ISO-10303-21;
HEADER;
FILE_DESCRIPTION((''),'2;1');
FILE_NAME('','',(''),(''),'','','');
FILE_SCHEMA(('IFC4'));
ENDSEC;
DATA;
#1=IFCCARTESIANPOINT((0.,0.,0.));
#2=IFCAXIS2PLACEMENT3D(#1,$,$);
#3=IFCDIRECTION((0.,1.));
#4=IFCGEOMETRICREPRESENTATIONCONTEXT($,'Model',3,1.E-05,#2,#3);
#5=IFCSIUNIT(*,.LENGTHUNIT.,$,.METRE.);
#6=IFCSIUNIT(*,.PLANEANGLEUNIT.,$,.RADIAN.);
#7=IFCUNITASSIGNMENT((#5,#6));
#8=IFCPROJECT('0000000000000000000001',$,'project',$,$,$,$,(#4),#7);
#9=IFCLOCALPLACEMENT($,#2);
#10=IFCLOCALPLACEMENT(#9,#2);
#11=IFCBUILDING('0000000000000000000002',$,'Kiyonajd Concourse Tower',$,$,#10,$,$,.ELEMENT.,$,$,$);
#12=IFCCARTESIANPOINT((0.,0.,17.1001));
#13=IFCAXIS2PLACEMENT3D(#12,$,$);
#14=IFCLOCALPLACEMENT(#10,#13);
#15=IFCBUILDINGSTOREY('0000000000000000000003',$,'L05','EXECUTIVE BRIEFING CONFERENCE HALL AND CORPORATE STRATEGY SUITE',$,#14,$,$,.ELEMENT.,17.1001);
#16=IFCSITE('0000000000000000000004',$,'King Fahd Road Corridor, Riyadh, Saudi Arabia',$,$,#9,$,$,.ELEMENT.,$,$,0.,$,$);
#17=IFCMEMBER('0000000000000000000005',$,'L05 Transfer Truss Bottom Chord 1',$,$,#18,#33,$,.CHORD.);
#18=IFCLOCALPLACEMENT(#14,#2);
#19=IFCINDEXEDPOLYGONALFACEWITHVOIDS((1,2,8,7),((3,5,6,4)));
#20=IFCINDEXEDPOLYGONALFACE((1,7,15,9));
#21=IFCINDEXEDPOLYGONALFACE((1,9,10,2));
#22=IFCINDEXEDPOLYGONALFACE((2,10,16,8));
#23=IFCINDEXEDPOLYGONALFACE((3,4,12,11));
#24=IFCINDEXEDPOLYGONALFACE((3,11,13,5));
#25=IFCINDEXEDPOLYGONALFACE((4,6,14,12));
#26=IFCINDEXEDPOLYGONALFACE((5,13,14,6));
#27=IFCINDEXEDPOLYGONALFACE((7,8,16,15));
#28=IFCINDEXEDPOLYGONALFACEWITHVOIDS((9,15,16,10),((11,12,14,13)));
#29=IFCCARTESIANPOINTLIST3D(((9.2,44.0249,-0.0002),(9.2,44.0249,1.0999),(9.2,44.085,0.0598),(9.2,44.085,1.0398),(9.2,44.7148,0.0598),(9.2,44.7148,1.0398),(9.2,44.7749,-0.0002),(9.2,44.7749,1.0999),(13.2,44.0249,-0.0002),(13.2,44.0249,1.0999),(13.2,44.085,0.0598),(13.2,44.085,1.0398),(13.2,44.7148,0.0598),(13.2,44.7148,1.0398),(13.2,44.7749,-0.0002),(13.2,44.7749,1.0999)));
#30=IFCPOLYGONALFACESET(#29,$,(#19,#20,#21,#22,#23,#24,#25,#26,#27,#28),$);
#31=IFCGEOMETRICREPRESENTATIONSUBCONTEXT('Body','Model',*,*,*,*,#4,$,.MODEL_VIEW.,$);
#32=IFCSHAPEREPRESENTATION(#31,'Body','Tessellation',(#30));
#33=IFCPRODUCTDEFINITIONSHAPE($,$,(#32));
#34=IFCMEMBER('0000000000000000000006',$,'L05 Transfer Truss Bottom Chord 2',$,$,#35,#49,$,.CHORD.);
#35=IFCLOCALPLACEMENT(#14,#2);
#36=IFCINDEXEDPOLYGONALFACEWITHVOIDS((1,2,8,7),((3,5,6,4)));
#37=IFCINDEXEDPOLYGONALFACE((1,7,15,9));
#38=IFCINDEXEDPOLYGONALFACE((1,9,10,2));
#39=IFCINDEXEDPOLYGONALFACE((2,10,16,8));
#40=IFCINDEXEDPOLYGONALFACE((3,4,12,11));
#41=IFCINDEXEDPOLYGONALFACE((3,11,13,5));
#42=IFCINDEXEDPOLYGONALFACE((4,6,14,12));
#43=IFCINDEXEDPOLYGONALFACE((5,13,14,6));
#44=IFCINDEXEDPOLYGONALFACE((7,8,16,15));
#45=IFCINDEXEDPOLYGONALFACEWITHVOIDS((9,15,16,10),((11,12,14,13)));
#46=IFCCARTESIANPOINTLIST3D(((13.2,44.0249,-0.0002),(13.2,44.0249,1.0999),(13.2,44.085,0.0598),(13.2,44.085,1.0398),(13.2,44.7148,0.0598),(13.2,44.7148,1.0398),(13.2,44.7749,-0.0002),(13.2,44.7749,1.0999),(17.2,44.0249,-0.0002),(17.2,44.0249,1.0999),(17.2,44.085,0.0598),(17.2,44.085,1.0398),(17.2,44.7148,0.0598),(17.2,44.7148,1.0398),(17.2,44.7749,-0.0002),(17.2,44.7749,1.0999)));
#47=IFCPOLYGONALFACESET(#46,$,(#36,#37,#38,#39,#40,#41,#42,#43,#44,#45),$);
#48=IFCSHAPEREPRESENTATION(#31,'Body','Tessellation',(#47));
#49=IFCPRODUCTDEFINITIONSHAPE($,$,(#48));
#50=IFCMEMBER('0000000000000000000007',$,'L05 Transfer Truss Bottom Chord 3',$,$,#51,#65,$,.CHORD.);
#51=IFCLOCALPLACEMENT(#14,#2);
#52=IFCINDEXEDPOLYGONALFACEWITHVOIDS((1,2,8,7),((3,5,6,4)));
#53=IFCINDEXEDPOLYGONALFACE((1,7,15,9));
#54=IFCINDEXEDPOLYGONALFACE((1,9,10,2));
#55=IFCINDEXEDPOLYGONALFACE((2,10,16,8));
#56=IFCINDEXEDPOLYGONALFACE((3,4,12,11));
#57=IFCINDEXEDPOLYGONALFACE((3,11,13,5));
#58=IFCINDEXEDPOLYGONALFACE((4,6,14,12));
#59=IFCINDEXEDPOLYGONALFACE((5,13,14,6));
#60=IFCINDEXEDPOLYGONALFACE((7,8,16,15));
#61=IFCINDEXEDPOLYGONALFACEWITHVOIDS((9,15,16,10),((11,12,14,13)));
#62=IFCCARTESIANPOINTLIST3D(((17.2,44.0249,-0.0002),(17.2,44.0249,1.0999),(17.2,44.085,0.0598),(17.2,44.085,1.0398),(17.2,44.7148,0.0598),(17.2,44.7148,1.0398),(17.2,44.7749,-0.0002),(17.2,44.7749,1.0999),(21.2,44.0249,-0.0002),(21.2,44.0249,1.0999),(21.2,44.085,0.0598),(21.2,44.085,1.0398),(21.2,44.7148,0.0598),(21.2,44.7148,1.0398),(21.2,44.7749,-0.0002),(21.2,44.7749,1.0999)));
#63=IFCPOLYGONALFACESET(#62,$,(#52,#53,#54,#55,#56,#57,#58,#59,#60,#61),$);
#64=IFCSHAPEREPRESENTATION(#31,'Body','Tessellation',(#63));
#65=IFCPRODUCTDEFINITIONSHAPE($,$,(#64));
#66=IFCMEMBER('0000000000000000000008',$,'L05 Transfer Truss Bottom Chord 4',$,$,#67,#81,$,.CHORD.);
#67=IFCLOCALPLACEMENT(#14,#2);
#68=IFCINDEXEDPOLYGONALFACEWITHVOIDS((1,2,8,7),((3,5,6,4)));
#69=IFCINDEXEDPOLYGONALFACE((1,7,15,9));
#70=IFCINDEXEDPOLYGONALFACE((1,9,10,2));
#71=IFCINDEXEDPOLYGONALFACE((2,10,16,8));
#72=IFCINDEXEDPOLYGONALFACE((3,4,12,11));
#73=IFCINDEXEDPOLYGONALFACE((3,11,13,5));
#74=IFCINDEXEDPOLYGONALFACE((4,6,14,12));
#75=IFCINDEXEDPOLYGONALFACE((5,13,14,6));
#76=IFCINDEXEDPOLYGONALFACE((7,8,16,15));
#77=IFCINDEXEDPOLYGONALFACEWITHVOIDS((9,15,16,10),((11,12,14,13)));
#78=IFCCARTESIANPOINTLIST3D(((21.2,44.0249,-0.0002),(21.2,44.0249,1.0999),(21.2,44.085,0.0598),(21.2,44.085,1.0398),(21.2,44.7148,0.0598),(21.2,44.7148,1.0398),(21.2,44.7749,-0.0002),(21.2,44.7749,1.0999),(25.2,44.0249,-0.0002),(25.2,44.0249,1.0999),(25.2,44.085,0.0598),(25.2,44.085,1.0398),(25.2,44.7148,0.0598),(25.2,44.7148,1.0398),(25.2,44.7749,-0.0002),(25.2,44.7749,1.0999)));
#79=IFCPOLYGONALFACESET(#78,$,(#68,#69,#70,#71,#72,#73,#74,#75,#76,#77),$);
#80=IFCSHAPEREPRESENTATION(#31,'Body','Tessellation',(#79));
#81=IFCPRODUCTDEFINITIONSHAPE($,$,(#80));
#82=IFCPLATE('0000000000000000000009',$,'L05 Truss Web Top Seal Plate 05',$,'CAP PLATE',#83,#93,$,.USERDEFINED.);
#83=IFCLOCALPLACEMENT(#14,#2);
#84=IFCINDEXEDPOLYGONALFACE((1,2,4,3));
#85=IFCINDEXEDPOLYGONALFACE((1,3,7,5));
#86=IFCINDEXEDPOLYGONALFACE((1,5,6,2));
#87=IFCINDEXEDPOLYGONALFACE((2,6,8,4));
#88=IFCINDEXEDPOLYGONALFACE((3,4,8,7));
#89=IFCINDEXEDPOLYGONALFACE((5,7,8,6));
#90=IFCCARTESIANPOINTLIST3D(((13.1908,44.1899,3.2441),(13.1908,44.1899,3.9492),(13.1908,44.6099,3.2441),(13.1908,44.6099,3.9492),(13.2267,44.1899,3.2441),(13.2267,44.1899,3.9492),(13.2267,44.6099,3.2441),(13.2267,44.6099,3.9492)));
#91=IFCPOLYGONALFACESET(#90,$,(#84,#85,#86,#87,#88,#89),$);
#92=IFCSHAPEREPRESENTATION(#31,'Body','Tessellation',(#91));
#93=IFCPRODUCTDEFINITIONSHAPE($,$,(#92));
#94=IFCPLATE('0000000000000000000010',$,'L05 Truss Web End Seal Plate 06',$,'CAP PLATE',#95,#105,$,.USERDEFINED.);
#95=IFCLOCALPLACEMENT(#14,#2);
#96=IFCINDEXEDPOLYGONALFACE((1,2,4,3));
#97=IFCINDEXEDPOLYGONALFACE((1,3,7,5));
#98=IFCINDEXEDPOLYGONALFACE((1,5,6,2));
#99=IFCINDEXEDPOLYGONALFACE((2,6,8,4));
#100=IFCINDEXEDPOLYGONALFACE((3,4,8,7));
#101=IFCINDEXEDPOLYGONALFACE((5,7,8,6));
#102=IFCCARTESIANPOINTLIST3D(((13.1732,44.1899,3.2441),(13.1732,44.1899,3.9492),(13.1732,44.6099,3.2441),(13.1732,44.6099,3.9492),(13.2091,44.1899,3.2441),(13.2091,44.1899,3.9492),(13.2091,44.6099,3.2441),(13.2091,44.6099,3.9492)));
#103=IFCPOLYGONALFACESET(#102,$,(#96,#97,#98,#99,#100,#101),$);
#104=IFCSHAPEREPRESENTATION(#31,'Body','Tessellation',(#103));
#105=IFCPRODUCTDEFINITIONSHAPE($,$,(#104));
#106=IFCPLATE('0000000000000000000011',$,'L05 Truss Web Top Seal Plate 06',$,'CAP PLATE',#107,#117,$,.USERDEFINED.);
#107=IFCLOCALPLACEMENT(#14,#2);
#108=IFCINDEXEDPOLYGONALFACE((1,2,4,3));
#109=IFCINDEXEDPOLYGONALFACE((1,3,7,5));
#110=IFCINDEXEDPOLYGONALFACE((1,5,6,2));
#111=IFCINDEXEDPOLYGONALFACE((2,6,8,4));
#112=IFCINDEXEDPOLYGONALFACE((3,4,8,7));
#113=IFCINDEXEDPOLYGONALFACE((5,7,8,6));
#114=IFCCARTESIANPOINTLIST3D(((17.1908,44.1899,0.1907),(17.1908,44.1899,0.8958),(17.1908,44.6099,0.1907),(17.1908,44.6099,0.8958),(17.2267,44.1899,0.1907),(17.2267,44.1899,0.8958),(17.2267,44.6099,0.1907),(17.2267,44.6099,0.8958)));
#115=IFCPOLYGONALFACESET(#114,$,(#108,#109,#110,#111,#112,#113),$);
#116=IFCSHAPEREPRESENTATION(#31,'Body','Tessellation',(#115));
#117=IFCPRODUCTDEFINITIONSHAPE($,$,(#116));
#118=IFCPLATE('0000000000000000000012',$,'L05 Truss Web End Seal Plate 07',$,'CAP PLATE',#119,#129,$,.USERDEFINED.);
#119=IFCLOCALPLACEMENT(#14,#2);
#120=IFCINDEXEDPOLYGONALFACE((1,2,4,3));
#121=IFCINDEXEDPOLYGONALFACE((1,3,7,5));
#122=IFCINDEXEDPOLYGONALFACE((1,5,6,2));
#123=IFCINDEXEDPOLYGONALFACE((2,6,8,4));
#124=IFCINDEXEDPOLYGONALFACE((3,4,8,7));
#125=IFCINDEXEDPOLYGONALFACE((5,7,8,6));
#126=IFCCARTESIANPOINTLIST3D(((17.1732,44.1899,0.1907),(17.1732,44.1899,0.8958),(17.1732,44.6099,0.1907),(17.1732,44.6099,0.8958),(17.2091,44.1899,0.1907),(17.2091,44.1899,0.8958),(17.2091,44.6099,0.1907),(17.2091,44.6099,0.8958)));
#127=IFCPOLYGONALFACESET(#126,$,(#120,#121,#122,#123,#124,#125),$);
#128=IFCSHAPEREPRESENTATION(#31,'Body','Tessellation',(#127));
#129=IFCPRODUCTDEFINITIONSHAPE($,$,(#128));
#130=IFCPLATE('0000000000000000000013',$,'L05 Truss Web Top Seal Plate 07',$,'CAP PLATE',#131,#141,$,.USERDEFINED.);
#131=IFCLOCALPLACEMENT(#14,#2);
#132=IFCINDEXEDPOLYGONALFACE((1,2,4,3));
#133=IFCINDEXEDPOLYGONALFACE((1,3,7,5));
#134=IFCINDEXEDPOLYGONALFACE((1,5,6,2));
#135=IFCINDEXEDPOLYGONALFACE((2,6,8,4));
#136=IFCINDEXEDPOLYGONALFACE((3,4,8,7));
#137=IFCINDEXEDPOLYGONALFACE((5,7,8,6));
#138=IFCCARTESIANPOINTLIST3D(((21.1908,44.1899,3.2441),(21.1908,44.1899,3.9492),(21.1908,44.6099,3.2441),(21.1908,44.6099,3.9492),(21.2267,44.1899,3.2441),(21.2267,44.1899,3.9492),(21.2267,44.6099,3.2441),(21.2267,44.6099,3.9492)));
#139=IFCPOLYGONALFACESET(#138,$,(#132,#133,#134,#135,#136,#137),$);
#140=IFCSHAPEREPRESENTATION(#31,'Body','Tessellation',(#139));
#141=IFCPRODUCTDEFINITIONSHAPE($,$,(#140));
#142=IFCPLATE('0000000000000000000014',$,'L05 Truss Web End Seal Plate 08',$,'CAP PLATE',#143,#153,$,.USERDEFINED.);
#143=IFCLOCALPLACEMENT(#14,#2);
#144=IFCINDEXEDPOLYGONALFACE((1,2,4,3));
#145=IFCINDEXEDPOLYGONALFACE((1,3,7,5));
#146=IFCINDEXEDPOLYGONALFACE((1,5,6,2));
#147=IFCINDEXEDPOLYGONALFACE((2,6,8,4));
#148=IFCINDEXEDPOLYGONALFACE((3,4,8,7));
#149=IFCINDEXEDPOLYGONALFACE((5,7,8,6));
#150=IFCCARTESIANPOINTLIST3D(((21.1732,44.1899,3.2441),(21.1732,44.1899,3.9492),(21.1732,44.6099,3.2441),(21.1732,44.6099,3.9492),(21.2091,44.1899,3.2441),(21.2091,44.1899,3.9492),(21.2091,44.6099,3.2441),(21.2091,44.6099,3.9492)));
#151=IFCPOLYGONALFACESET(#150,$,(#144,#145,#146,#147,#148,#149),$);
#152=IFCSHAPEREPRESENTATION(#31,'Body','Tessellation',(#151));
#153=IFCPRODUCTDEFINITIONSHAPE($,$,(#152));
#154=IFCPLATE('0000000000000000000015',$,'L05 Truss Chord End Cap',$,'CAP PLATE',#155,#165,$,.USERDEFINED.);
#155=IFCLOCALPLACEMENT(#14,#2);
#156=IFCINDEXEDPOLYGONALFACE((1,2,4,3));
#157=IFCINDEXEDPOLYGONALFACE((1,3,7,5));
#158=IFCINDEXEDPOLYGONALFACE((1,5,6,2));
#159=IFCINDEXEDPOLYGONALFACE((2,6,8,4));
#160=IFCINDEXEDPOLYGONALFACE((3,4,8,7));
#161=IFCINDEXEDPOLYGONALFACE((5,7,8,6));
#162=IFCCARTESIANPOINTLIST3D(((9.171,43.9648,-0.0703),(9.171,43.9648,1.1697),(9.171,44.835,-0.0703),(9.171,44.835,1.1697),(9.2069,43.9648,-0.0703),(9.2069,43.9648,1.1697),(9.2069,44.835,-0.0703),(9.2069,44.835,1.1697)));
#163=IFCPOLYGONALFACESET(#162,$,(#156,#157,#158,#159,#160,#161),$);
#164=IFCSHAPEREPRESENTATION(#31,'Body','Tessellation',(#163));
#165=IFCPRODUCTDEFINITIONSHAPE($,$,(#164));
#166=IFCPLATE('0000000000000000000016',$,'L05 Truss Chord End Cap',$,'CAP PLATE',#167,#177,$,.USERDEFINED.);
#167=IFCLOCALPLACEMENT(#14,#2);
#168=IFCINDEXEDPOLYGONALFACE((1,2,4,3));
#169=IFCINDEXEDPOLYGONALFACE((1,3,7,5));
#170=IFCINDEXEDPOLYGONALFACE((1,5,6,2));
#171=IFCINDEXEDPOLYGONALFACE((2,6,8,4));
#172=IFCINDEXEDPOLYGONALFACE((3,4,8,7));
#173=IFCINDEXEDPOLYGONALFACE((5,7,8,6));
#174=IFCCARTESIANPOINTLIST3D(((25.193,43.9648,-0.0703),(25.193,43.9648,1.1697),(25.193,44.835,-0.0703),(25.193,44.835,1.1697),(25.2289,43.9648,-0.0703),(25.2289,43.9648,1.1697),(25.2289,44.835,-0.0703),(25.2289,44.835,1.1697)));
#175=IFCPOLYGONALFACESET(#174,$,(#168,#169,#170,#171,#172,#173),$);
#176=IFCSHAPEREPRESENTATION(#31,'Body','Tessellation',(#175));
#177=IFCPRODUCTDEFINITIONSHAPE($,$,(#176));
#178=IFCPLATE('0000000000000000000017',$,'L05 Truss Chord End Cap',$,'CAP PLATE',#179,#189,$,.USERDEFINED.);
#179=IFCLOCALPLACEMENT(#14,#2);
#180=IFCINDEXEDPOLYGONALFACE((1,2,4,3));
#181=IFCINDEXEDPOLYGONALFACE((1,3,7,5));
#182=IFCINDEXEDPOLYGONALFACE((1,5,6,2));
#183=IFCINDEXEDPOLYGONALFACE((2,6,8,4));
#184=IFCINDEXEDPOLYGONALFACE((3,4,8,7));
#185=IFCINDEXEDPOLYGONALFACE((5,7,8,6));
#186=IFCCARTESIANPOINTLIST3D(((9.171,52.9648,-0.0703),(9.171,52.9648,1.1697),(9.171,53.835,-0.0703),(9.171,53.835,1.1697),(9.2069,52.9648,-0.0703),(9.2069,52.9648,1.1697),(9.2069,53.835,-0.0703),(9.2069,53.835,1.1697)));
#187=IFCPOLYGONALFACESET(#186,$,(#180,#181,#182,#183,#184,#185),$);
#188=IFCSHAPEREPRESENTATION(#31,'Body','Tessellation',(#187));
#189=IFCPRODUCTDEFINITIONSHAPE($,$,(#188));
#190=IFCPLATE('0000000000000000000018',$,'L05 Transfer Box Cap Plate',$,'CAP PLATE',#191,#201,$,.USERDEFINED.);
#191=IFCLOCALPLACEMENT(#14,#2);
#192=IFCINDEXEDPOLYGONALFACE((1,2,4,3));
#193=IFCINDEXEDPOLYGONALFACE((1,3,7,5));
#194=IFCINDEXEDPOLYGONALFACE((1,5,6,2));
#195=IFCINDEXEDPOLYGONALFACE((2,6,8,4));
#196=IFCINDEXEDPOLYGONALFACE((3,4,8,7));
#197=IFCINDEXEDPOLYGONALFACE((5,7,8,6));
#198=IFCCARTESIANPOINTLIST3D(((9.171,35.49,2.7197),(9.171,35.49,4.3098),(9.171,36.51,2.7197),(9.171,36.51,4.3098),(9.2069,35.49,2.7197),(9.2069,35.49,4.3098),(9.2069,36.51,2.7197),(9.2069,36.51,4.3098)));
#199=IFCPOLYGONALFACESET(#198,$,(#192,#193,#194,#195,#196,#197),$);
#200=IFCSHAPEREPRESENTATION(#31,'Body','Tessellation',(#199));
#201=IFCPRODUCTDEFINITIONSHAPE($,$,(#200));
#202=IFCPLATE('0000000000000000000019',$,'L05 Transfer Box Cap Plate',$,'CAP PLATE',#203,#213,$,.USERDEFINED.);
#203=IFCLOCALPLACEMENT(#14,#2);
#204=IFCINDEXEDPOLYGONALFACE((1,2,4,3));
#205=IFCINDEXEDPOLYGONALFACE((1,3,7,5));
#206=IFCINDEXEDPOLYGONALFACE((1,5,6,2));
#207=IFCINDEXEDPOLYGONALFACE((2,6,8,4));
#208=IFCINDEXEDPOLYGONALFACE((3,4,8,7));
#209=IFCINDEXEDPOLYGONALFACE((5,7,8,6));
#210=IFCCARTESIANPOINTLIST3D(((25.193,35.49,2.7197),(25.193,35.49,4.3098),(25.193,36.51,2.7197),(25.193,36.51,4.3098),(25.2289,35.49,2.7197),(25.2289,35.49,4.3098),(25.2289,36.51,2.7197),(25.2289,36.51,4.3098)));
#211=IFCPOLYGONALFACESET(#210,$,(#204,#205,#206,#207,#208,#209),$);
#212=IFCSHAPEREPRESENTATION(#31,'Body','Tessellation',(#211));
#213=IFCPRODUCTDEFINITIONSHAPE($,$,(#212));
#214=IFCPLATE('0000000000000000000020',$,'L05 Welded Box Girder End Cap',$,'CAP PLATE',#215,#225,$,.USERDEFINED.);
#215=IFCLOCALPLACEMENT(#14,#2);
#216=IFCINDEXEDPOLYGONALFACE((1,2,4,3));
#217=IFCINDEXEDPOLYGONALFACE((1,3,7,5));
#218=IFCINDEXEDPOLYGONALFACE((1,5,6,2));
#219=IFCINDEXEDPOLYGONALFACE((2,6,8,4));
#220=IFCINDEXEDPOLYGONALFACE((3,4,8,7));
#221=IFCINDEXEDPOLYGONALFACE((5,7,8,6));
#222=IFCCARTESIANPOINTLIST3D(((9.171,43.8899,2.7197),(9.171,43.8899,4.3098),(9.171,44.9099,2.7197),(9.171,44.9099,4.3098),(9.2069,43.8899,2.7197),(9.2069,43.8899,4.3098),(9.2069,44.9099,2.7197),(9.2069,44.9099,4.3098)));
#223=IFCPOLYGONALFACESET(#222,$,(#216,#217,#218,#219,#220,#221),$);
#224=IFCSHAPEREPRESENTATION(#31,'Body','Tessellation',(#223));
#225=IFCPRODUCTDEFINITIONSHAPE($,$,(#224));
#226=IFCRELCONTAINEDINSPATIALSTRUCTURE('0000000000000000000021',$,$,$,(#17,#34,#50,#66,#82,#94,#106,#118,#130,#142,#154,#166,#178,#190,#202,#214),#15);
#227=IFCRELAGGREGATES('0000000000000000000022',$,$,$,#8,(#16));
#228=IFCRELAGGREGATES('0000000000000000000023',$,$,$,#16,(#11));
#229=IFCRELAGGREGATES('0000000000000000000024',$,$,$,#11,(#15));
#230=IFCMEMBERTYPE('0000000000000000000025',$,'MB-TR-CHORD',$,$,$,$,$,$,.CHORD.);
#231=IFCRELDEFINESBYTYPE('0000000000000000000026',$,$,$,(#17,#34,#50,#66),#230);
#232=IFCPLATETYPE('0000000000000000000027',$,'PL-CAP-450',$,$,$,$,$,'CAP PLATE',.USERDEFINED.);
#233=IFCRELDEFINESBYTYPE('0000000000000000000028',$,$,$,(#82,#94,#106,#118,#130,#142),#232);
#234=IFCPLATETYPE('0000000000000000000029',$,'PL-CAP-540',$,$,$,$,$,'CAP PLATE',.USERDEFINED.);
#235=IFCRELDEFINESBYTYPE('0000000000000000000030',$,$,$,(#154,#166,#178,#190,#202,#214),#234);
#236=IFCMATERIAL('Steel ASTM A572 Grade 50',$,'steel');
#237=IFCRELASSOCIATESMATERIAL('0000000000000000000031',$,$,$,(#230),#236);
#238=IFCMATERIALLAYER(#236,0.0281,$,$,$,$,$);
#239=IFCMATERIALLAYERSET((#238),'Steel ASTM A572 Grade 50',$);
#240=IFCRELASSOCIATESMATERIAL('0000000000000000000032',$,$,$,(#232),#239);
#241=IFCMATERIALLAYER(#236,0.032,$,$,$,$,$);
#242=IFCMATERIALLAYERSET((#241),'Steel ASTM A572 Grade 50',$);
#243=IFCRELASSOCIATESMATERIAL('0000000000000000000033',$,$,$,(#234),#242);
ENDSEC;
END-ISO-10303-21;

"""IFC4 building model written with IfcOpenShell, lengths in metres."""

from ifc_helpers import new_model, si_unit, direction, frame, origin, origin_2d, place, context, subcontext, project, spatial, rectangle, hollow_rectangle, extrude, material, layer, layer_set, material_profile, profile_set, type_object, element, save


model = new_model("IFC4")

# Units and contexts
model_context = context("Model", 3, precision=1e-05, world=origin(), true_north=direction((0.0, 1.0)))
body_context = subcontext(model_context, "Body", "Model", "MODEL_VIEW")
ifc_project = project(units=[si_unit("LENGTHUNIT", "METRE"), si_unit("PLANEANGLEUNIT", "RADIAN")], contexts=[model_context])

# Site, building, storey
site_placement = place(None, origin())
site = spatial("IfcSite", under=ifc_project, at=site_placement, Name="King Fahd Road Corridor, Riyadh, Saudi Arabia", CompositionType="ELEMENT", RefElevation=0.0)
building_placement = place(site_placement, origin())
building = spatial("IfcBuilding", under=site, at=building_placement, Name="Kiyonajd Concourse Tower", CompositionType="ELEMENT")
storey_placement = place(building_placement, frame((0.0, 0.0, 17.1001)))
storey = spatial("IfcBuildingStorey", under=building, at=storey_placement, Name="L05", Description="EXECUTIVE BRIEFING CONFERENCE HALL AND CORPORATE STRATEGY SUITE", CompositionType="ELEMENT", Elevation=17.1001)

# Shared definitions
ifc_material_1 = material(Name="Steel ASTM A572 Grade 50", Category="steel")

# Members
ifc_material_profile_1 = material_profile(ifc_material_1, hollow_rectangle(XDim=0.75, YDim=1.1001, WallThickness=0.0601, at=origin_2d()), Name="BOX-1100x750x60")
ifc_profile_set_1 = profile_set([ifc_material_profile_1], Name="Steel ASTM A572 Grade 50")
member_type_1 = type_object("IfcMemberType", Name="MB-TR-CHORD", PredefinedType="CHORD", material=ifc_profile_set_1)
for number, where, z_axis, x_axis, name in (
    (1, (9.2, 44.3999, 0.5498), (1.0, 0.0, 0.0), (0.0, 1.0, 0.0), "L05 Transfer Truss Bottom Chord 1"),
    (2, (13.2, 44.3999, 0.5498), (1.0, 0.0, 0.0), (0.0, 1.0, 0.0), "L05 Transfer Truss Bottom Chord 2"),
    (3, (17.2, 44.3999, 0.5498), (1.0, 0.0, 0.0), (0.0, 1.0, 0.0), "L05 Transfer Truss Bottom Chord 3"),
    (4, (21.2, 44.3999, 0.5498), (1.0, 0.0, 0.0), (0.0, 1.0, 0.0), "L05 Transfer Truss Bottom Chord 4"),
):
    element("IfcMember", number, at=place(storey_placement, frame(where, z_axis=z_axis, x_axis=x_axis)), inside=storey, type_object=member_type_1, Name=name, PredefinedType="CHORD", context=body_context, shape_type="SweptSolid", body=[
        extrude(hollow_rectangle(XDim=0.75, YDim=1.1001, WallThickness=0.0601, at=origin_2d()), origin(), (0.0, 0.0, 1.0), 4.0),
    ])

# Plates
ifc_layer_1 = layer(ifc_material_1, 0.0281)
ifc_layer_set_1 = layer_set([ifc_layer_1], Name="Steel ASTM A572 Grade 50")
plate_type_1 = type_object("IfcPlateType", Name="PL-CAP-450", ElementType="CAP PLATE", PredefinedType="USERDEFINED", material=ifc_layer_set_1)
for number, where, z_axis, x_axis, name in (
    (5, (13.2087, 44.3999, 3.2441), (0.0, 0.0, 1.0), (1.0, 0.0, 0.0), "L05 Truss Web Top Seal Plate 05"),
    (6, (13.1912, 44.3999, 3.2441), (0.0, 0.0, 1.0), (-1.0, 0.0, 0.0), "L05 Truss Web End Seal Plate 06"),
    (7, (17.2087, 44.3999, 0.1907), (0.0, 0.0, 1.0), (1.0, 0.0, 0.0), "L05 Truss Web Top Seal Plate 06"),
    (8, (17.1912, 44.3999, 0.1907), (0.0, 0.0, 1.0), (-1.0, 0.0, 0.0), "L05 Truss Web End Seal Plate 07"),
    (9, (21.2087, 44.3999, 3.2441), (0.0, 0.0, 1.0), (1.0, 0.0, 0.0), "L05 Truss Web Top Seal Plate 07"),
    (10, (21.1912, 44.3999, 3.2441), (0.0, 0.0, 1.0), (-1.0, 0.0, 0.0), "L05 Truss Web End Seal Plate 08"),
):
    element("IfcPlate", number, at=place(storey_placement, frame(where, z_axis=z_axis, x_axis=x_axis)), inside=storey, type_object=plate_type_1, Name=name, ObjectType="CAP PLATE", PredefinedType="USERDEFINED", context=body_context, shape_type="SweptSolid", body=[
        extrude(rectangle(XDim=0.0359, YDim=0.4199, at=origin_2d()), origin(), (0.0, 0.0, 1.0), 0.7051),
    ])
ifc_layer_2 = layer(ifc_material_1, 0.032)
ifc_layer_set_2 = layer_set([ifc_layer_2], Name="Steel ASTM A572 Grade 50")
plate_type_2 = type_object("IfcPlateType", Name="PL-CAP-540", ElementType="CAP PLATE", PredefinedType="USERDEFINED", material=ifc_layer_set_2)
for number, where, z_axis, x_axis, name in (
    (11, (9.189, 44.3999, -0.0703), (0.0, 0.0, 1.0), (-1.0, 0.0, 0.0), "L05 Truss Chord End Cap"),
    (12, (25.2109, 44.3999, -0.0703), (0.0, 0.0, 1.0), (1.0, 0.0, 0.0), "L05 Truss Chord End Cap"),
    (13, (9.189, 53.3999, -0.0703), (0.0, 0.0, 1.0), (-1.0, 0.0, 0.0), "L05 Truss Chord End Cap"),
):
    element("IfcPlate", number, at=place(storey_placement, frame(where, z_axis=z_axis, x_axis=x_axis)), inside=storey, type_object=plate_type_2, Name=name, ObjectType="CAP PLATE", PredefinedType="USERDEFINED", context=body_context, shape_type="SweptSolid", body=[
        extrude(rectangle(XDim=0.0359, YDim=0.8701, at=origin_2d()), origin(), (0.0, 0.0, 1.0), 1.24),
    ])
for number, where, z_axis, x_axis, name in (
    (14, (9.189, 36.0, 2.7197), (0.0, 0.0, 1.0), (-1.0, 0.0, 0.0), "L05 Transfer Box Cap Plate"),
    (15, (25.2109, 36.0, 2.7197), (0.0, 0.0, 1.0), (1.0, 0.0, 0.0), "L05 Transfer Box Cap Plate"),
    (16, (9.189, 44.3999, 2.7197), (0.0, 0.0, 1.0), (-1.0, 0.0, 0.0), "L05 Welded Box Girder End Cap"),
):
    element("IfcPlate", number, at=place(storey_placement, frame(where, z_axis=z_axis, x_axis=x_axis)), inside=storey, type_object=plate_type_2, Name=name, ObjectType="CAP PLATE", PredefinedType="USERDEFINED", context=body_context, shape_type="SweptSolid", body=[
        extrude(rectangle(XDim=0.0359, YDim=1.02, at=origin_2d()), origin(), (0.0, 0.0, 1.0), 1.5901),
    ])

save(model, "model.ifc")
